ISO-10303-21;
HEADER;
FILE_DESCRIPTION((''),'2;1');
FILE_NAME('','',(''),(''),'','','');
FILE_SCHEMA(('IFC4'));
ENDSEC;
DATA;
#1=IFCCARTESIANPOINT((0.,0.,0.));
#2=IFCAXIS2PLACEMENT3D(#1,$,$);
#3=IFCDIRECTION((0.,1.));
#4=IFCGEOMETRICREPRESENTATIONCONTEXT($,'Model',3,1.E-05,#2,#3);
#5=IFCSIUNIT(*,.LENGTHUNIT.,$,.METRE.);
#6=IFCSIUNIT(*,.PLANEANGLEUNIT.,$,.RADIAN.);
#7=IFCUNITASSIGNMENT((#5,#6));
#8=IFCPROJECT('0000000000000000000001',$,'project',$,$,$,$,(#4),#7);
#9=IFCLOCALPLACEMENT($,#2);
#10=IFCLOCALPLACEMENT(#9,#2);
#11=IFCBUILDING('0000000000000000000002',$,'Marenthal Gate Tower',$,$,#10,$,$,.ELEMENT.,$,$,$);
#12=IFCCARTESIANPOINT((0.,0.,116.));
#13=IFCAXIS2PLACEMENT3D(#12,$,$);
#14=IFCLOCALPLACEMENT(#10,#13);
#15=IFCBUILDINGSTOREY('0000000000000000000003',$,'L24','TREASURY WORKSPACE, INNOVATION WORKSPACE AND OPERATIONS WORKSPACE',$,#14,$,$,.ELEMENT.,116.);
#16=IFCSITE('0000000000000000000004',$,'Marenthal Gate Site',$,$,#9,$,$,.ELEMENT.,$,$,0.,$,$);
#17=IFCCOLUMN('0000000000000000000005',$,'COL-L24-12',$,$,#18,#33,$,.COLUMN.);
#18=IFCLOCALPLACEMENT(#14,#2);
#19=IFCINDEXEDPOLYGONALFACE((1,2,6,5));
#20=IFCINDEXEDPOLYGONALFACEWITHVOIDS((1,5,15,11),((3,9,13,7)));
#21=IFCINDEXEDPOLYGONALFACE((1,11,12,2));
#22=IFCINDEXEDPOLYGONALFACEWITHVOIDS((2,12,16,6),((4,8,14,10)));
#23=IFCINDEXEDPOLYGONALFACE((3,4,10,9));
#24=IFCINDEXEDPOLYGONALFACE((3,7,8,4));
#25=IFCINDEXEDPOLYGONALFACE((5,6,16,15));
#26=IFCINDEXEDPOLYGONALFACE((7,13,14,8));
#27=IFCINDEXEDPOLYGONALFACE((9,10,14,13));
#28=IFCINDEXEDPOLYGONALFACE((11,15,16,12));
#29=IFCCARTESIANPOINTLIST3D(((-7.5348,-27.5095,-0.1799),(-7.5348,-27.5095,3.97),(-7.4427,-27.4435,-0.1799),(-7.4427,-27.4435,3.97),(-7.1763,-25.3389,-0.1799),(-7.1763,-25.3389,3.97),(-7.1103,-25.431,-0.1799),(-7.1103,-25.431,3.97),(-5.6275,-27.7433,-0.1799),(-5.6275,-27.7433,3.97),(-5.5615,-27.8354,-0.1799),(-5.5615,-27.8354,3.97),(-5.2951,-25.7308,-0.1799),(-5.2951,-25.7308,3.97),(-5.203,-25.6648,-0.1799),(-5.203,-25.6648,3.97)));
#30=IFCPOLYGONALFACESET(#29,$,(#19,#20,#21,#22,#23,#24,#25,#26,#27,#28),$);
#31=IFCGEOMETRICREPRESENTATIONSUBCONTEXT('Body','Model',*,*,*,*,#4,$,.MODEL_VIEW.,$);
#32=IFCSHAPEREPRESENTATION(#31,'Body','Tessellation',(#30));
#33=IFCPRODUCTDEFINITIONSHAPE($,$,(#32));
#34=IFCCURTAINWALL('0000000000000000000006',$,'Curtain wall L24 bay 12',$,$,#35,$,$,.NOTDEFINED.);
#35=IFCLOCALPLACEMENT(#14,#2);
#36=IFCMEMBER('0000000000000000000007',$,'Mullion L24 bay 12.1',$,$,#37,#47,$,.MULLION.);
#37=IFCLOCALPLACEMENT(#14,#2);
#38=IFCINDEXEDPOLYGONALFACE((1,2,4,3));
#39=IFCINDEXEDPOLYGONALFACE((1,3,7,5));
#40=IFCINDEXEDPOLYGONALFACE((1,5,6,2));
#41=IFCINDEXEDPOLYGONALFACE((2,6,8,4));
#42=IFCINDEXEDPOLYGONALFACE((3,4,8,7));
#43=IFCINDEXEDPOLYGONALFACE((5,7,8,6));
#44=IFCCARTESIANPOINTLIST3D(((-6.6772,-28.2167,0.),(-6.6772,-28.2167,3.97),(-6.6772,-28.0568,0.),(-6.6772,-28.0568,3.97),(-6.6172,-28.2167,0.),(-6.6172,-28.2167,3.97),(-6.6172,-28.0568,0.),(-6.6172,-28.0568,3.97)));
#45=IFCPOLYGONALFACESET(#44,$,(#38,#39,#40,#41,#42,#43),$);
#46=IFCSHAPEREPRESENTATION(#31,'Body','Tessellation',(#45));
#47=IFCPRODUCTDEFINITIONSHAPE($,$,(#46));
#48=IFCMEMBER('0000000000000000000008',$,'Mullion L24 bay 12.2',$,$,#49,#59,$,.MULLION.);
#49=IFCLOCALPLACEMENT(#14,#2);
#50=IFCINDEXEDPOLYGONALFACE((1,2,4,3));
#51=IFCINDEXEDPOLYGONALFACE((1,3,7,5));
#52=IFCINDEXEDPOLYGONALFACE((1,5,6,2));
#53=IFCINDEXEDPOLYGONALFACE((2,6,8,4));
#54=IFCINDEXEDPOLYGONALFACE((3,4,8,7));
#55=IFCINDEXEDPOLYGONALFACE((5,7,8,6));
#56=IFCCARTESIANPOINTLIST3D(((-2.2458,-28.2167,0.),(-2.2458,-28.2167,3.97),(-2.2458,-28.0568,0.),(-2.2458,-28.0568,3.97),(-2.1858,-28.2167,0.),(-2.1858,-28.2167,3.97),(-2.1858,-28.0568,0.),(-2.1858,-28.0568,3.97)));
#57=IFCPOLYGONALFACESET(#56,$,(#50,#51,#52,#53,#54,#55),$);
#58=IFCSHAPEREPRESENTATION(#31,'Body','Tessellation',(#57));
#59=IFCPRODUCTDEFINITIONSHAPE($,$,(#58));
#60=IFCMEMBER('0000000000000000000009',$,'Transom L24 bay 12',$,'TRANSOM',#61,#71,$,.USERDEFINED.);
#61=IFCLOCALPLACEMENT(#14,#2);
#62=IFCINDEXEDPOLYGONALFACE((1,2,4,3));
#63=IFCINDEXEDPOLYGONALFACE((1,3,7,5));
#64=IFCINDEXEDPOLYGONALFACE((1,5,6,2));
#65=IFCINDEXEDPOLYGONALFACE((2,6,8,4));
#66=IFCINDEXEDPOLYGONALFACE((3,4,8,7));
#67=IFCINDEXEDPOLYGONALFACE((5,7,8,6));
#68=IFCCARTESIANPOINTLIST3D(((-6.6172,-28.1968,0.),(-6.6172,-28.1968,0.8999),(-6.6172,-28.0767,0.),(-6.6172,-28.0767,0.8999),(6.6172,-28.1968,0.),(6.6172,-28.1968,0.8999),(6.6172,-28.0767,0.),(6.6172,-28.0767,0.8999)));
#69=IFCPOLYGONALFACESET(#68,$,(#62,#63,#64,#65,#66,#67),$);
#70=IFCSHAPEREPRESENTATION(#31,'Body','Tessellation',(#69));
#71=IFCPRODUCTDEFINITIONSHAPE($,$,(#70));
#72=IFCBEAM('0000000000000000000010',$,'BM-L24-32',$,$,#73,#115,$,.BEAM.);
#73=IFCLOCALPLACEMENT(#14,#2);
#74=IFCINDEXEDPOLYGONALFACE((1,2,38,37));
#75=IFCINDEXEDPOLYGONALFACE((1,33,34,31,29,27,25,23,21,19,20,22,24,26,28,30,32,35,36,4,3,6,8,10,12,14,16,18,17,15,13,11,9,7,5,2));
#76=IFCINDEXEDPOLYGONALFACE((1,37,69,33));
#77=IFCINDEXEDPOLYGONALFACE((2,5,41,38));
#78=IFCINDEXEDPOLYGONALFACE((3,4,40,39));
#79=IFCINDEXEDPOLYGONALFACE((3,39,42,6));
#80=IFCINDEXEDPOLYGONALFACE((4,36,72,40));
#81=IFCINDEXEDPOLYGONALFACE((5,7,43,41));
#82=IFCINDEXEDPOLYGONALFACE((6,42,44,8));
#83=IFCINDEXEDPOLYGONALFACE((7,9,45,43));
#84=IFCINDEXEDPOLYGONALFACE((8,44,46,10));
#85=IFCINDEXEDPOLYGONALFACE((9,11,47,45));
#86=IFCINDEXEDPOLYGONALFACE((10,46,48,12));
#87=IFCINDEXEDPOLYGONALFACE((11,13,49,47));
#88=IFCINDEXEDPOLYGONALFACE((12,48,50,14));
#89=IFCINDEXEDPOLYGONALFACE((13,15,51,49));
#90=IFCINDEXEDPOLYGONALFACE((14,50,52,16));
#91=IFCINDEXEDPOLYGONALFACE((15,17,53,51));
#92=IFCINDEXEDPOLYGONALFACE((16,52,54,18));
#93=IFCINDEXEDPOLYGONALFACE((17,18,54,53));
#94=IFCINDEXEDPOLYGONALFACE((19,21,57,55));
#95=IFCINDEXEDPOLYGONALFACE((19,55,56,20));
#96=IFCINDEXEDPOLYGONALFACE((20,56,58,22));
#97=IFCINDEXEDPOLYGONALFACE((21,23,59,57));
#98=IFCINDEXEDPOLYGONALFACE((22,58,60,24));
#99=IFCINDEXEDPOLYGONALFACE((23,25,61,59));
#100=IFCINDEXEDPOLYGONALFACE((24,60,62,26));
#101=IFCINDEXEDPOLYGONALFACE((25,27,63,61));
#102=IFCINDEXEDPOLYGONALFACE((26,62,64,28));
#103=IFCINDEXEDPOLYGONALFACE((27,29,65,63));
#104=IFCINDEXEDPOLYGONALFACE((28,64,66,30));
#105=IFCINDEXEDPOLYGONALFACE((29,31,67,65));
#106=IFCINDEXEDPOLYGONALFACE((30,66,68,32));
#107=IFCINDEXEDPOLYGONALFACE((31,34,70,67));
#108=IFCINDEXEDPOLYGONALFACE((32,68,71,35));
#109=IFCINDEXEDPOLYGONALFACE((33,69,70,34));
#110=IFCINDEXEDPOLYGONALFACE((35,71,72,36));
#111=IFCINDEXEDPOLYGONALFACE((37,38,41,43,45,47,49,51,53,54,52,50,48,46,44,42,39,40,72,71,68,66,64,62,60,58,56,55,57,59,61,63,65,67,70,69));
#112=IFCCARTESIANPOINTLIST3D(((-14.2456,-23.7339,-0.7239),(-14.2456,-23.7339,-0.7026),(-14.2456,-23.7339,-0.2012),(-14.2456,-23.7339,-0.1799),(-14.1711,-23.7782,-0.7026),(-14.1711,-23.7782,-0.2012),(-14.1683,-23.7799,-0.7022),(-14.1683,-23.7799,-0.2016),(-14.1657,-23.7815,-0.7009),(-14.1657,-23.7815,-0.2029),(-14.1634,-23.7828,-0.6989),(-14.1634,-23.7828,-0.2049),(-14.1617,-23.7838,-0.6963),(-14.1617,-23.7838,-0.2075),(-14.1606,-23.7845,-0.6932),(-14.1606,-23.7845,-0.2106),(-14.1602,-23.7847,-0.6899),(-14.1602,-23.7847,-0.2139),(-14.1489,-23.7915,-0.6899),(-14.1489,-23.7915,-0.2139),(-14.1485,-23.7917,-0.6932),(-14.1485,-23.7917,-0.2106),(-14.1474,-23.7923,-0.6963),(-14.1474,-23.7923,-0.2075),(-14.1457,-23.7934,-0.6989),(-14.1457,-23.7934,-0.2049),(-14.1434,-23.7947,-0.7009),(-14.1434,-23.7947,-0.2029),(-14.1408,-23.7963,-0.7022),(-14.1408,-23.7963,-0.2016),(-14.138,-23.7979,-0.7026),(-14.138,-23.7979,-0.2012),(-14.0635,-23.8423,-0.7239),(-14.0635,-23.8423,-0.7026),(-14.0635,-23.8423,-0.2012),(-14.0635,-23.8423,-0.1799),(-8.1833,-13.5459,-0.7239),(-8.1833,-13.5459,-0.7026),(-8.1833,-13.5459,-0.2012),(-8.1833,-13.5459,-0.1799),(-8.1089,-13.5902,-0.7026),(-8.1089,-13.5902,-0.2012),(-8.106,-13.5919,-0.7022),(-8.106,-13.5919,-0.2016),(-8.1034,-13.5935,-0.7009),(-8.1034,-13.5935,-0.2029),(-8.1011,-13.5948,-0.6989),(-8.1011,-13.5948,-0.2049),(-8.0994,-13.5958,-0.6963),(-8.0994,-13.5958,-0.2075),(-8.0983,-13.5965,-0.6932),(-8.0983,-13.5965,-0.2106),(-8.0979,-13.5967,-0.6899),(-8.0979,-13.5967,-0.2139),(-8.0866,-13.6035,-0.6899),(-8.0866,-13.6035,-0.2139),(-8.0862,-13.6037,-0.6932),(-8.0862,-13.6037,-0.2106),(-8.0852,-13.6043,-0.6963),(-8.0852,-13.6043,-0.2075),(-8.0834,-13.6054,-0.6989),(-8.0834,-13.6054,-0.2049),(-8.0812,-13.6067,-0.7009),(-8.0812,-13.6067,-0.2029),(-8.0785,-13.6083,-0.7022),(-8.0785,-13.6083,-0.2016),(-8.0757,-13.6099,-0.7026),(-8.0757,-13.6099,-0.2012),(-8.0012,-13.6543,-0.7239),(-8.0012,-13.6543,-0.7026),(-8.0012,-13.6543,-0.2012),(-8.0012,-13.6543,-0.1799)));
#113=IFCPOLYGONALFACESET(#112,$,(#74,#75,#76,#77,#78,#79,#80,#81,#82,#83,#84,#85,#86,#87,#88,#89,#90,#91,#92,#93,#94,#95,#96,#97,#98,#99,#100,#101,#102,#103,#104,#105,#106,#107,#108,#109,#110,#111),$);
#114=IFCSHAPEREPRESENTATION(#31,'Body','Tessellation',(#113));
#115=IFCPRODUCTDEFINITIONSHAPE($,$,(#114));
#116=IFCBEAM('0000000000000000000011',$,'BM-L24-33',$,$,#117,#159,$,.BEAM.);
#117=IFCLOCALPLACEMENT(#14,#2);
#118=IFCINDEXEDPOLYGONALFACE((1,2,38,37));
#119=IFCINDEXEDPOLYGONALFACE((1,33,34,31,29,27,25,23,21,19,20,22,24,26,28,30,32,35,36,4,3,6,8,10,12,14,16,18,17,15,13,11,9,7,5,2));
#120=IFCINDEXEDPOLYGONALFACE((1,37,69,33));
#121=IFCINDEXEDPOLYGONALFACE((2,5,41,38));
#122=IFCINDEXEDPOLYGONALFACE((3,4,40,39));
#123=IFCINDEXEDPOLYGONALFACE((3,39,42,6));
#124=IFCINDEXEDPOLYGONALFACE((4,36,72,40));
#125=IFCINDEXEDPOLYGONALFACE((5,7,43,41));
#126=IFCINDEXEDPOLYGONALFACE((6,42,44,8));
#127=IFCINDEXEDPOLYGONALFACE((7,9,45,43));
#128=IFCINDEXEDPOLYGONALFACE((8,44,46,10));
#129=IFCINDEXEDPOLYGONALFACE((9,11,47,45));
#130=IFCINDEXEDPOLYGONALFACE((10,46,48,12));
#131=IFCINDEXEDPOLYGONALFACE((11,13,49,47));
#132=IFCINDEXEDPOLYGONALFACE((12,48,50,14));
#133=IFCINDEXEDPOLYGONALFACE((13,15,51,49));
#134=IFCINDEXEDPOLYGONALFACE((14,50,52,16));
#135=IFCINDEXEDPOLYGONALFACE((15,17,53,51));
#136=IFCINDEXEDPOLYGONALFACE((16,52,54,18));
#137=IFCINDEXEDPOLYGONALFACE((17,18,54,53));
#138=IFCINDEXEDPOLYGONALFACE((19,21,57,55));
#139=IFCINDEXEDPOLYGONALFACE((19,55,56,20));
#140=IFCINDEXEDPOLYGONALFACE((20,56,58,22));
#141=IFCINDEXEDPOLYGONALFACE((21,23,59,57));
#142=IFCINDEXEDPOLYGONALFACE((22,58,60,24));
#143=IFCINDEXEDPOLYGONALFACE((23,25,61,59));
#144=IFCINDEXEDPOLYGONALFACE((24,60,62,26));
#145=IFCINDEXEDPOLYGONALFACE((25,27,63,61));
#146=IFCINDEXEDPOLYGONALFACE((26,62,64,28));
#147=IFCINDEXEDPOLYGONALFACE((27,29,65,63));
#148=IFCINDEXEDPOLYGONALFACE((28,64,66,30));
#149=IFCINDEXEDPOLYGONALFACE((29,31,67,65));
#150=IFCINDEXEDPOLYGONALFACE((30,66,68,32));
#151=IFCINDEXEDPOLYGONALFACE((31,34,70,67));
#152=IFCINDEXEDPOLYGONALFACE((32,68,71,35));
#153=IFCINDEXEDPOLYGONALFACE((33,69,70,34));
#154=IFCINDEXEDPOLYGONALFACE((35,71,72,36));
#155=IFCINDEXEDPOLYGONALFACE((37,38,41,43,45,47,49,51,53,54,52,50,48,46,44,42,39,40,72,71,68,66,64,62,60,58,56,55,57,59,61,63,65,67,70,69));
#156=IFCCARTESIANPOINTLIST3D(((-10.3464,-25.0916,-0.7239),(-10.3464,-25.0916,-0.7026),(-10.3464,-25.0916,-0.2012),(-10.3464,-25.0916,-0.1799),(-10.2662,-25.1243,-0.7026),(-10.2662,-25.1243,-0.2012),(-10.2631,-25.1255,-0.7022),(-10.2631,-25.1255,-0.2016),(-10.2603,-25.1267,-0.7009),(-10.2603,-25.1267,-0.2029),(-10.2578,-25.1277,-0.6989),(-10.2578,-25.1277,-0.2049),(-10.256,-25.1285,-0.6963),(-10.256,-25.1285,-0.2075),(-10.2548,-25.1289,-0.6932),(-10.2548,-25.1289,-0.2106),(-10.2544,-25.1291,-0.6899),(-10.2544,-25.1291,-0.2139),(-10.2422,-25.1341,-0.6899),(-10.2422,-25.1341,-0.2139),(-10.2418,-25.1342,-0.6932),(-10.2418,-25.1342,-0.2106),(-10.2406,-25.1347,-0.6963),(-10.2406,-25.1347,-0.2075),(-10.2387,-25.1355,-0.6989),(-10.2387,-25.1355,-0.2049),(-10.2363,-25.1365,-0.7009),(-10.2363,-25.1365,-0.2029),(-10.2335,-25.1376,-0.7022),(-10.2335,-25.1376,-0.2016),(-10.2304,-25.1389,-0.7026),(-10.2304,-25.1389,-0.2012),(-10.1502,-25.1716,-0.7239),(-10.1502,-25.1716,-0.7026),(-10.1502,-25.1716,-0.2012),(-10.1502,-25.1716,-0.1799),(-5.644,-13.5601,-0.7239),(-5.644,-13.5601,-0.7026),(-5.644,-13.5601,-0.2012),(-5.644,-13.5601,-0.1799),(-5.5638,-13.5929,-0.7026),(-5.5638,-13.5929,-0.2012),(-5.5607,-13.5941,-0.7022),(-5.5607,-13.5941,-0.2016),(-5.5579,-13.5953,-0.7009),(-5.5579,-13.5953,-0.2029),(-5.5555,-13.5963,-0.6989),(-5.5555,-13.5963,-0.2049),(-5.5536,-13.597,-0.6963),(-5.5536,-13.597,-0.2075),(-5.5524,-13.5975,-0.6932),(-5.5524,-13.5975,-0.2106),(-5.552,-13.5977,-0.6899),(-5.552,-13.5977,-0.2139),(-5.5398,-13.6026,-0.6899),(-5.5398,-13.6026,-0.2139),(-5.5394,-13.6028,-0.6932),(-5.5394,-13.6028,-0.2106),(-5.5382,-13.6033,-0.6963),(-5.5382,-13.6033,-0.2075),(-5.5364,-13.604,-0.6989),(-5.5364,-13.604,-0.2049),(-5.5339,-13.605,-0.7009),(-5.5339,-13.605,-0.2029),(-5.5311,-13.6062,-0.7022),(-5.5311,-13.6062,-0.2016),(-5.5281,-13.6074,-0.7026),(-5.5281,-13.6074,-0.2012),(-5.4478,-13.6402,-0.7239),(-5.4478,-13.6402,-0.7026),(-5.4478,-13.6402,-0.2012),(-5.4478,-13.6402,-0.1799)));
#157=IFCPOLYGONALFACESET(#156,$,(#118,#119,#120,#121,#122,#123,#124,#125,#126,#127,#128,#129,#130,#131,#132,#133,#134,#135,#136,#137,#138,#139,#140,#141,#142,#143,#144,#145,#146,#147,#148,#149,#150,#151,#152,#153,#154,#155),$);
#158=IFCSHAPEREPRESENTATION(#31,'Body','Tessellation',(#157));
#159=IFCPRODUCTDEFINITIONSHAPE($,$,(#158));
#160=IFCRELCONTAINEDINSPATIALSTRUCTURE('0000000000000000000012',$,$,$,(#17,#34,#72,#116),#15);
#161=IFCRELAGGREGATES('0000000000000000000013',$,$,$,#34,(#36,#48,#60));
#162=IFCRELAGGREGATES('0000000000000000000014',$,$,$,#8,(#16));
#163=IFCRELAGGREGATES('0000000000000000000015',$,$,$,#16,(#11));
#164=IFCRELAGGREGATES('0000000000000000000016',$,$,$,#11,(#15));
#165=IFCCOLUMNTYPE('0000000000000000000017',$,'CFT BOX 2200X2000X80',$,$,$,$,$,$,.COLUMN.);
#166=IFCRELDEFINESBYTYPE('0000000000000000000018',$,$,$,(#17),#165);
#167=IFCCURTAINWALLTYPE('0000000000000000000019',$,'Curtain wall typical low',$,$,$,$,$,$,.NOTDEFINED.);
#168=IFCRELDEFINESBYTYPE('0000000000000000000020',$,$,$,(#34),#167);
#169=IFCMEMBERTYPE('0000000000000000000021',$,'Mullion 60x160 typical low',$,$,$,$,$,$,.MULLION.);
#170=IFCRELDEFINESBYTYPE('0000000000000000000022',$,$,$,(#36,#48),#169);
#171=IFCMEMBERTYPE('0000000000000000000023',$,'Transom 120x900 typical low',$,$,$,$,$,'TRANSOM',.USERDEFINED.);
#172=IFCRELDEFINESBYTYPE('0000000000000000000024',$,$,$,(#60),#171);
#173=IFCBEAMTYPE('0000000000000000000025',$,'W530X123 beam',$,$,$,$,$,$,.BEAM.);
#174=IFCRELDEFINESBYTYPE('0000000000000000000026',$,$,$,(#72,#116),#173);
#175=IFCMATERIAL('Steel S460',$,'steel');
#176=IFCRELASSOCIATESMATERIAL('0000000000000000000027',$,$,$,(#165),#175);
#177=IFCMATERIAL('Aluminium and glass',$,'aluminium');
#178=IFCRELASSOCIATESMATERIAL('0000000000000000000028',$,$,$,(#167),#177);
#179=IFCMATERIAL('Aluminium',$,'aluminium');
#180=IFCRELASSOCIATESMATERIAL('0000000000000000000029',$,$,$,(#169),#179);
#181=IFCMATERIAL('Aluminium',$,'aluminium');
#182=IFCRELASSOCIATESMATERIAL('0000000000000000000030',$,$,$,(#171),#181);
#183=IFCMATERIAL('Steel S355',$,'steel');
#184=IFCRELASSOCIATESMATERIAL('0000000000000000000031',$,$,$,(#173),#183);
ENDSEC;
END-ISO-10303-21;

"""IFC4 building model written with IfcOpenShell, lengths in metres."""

from ifc_helpers import new_model, si_unit, direction, frame, origin, origin_2d, place, context, subcontext, project, spatial, rectangle, hollow_rectangle, i_section, extrude, material, material_profile, profile_set, type_object, element, aggregate, save


model = new_model("IFC4")

# Units and contexts
model_context = context("Model", 3, precision=1e-05, world=origin(), true_north=direction((0.0, 1.0)))
body_context = subcontext(model_context, "Body", "Model", "MODEL_VIEW")
ifc_project = project(units=[si_unit("LENGTHUNIT", "METRE"), si_unit("PLANEANGLEUNIT", "RADIAN")], contexts=[model_context])

# Site, building, storey
site_placement = place(None, origin())
site = spatial("IfcSite", under=ifc_project, at=site_placement, Name="Marenthal Gate Site", CompositionType="ELEMENT", RefElevation=0.0)
building_placement = place(site_placement, origin())
building = spatial("IfcBuilding", under=site, at=building_placement, Name="Marenthal Gate Tower", CompositionType="ELEMENT")
storey_placement = place(building_placement, frame((0.0, 0.0, 116.0)))
storey = spatial("IfcBuildingStorey", under=building, at=storey_placement, Name="L24", Description="TREASURY WORKSPACE, INNOVATION WORKSPACE AND OPERATIONS WORKSPACE", CompositionType="ELEMENT", Elevation=116.0)

# Column
ifc_material_1 = material(Name="Steel S460", Category="steel")
ifc_material_profile_1 = material_profile(ifc_material_1, hollow_rectangle(XDim=2.0, YDim=2.2, WallThickness=0.0801, at=origin_2d()), Name="CFT BOX 2200X2000X80")
ifc_material_2 = material(Name="Concrete 70 MPa", Category="concrete")
ifc_material_profile_2 = material_profile(ifc_material_2, rectangle(XDim=1.8401, YDim=2.04, at=origin_2d()), Name="CFT BOX 2200X2000X80 INFILL")
ifc_profile_set_1 = profile_set([ifc_material_profile_1, ifc_material_profile_2], Name="Steel S460 shell, Concrete 70 MPa infill")
column_type = type_object("IfcColumnType", Name="CFT BOX 2200X2000X80", PredefinedType="COLUMN", material=ifc_profile_set_1)
column_placement = place(storey_placement, frame((-6.3689, -26.5872, -0.1799), z_axis=(0.0, 0.0, 1.0), x_axis=(-0.986633, 0.162961, 0.0)))
element("IfcColumn", 1, at=column_placement, inside=storey, type_object=column_type, Name="COL-L24-12", PredefinedType="COLUMN", context=body_context, shape_type="SweptSolid", body=[
    extrude(hollow_rectangle(XDim=2.0, YDim=2.2, WallThickness=0.0801, at=origin_2d()), origin(), (0.0, 0.0, 1.0), 4.1499),
])

# Curtain wall, members
ifc_material_3 = material(Name="Aluminium and glass", Category="aluminium")
curtain_wall_type = type_object("IfcCurtainWallType", Name="Curtain wall typical low", PredefinedType="NOTDEFINED", material=ifc_material_3)
curtain_wall_placement = place(storey_placement, origin())
curtain_wall = element("IfcCurtainWall", 2, at=curtain_wall_placement, inside=storey, type_object=curtain_wall_type, Name="Curtain wall L24 bay 12", PredefinedType="NOTDEFINED")
ifc_material_4 = material(Name="Aluminium", Category="aluminium")
ifc_material_profile_3 = material_profile(ifc_material_4, rectangle(XDim=0.1599, YDim=0.0601, at=origin_2d()), Name="60x160 aluminium mullion")
ifc_profile_set_2 = profile_set([ifc_material_profile_3], Name="Aluminium")
member_type_1 = type_object("IfcMemberType", Name="Mullion 60x160 typical low", PredefinedType="MULLION", material=ifc_profile_set_2)
member_1_placement = place(storey_placement, frame((-6.6472, -28.1367, 0.0), z_axis=(0.0, 0.0, 1.0), x_axis=(0.0, 1.0, 0.0)))
member_1 = element("IfcMember", 3, at=member_1_placement, type_object=member_type_1, Name="Mullion L24 bay 12.1", PredefinedType="MULLION", context=body_context, shape_type="SweptSolid", body=[
    extrude(rectangle(XDim=0.1599, YDim=0.0601, at=origin_2d()), origin(), (0.0, 0.0, 1.0), 3.97),
])
member_2_placement = place(storey_placement, frame((-2.2158, -28.1367, 0.0), z_axis=(0.0, 0.0, 1.0), x_axis=(0.0, 1.0, 0.0)))
member_2 = element("IfcMember", 4, at=member_2_placement, type_object=member_type_1, Name="Mullion L24 bay 12.2", PredefinedType="MULLION", context=body_context, shape_type="SweptSolid", body=[
    extrude(rectangle(XDim=0.1599, YDim=0.0601, at=origin_2d()), origin(), (0.0, 0.0, 1.0), 3.97),
])
ifc_material_5 = material(Name="Aluminium", Category="aluminium")
ifc_material_profile_4 = material_profile(ifc_material_5, rectangle(XDim=0.1201, YDim=0.8999, at=origin_2d()), Name="120x900 aluminium transom")
ifc_profile_set_3 = profile_set([ifc_material_profile_4], Name="Aluminium")
member_type_2 = type_object("IfcMemberType", Name="Transom 120x900 typical low", ElementType="TRANSOM", PredefinedType="USERDEFINED", material=ifc_profile_set_3)
member_3_placement = place(storey_placement, frame((-6.6172, -28.1367, 0.45), z_axis=(1.0, 0.0, 0.0), x_axis=(0.0, 1.0, 0.0)))
member_3 = element("IfcMember", 5, at=member_3_placement, type_object=member_type_2, Name="Transom L24 bay 12", ObjectType="TRANSOM", PredefinedType="USERDEFINED", context=body_context, shape_type="SweptSolid", body=[
    extrude(rectangle(XDim=0.1201, YDim=0.8999, at=origin_2d()), origin(), (0.0, 0.0, 1.0), 13.2344),
])

# Beams
ifc_material_6 = material(Name="Steel S355", Category="steel")
ifc_material_profile_5 = material_profile(ifc_material_6, i_section(OverallWidth=0.2119, OverallDepth=0.5439, WebThickness=0.0132, FlangeThickness=0.0212, FilletRadius=0.0127, at=origin_2d()), Name="W530X123")
ifc_profile_set_4 = profile_set([ifc_material_profile_5], Name="Steel S355")
beam_type_1 = type_object("IfcBeamType", Name="W530X123 beam", PredefinedType="BEAM", material=ifc_profile_set_4)
beam_1_placement = place(storey_placement, frame((-14.1545, -23.7881, -0.4519), z_axis=(0.511358, 0.859368, 0.0), x_axis=(-0.859368, 0.511358, 0.0)))
element("IfcBeam", 6, at=beam_1_placement, inside=storey, type_object=beam_type_1, Name="BM-L24-32", PredefinedType="BEAM", context=body_context, shape_type="SweptSolid", body=[
    extrude(i_section(OverallWidth=0.2119, OverallDepth=0.5439, WebThickness=0.0132, FlangeThickness=0.0212, FilletRadius=0.0127, at=origin_2d()), origin(), (0.0, 0.0, 1.0), 11.8552),
])
beam_2_placement = place(storey_placement, frame((-10.2483, -25.1316, -0.4519), z_axis=(0.377598, 0.92597, 0.0), x_axis=(-0.92597, 0.377598, 0.0)))
element("IfcBeam", 7, at=beam_2_placement, inside=storey, type_object=beam_type_1, Name="BM-L24-33", PredefinedType="BEAM", context=body_context, shape_type="SweptSolid", body=[
    extrude(i_section(OverallWidth=0.2119, OverallDepth=0.5439, WebThickness=0.0132, FlangeThickness=0.0212, FilletRadius=0.0127, at=origin_2d()), origin(), (0.0, 0.0, 1.0), 12.4534),
])

aggregate(curtain_wall, [member_1, member_2, member_3])

save(model, "model.ifc")
